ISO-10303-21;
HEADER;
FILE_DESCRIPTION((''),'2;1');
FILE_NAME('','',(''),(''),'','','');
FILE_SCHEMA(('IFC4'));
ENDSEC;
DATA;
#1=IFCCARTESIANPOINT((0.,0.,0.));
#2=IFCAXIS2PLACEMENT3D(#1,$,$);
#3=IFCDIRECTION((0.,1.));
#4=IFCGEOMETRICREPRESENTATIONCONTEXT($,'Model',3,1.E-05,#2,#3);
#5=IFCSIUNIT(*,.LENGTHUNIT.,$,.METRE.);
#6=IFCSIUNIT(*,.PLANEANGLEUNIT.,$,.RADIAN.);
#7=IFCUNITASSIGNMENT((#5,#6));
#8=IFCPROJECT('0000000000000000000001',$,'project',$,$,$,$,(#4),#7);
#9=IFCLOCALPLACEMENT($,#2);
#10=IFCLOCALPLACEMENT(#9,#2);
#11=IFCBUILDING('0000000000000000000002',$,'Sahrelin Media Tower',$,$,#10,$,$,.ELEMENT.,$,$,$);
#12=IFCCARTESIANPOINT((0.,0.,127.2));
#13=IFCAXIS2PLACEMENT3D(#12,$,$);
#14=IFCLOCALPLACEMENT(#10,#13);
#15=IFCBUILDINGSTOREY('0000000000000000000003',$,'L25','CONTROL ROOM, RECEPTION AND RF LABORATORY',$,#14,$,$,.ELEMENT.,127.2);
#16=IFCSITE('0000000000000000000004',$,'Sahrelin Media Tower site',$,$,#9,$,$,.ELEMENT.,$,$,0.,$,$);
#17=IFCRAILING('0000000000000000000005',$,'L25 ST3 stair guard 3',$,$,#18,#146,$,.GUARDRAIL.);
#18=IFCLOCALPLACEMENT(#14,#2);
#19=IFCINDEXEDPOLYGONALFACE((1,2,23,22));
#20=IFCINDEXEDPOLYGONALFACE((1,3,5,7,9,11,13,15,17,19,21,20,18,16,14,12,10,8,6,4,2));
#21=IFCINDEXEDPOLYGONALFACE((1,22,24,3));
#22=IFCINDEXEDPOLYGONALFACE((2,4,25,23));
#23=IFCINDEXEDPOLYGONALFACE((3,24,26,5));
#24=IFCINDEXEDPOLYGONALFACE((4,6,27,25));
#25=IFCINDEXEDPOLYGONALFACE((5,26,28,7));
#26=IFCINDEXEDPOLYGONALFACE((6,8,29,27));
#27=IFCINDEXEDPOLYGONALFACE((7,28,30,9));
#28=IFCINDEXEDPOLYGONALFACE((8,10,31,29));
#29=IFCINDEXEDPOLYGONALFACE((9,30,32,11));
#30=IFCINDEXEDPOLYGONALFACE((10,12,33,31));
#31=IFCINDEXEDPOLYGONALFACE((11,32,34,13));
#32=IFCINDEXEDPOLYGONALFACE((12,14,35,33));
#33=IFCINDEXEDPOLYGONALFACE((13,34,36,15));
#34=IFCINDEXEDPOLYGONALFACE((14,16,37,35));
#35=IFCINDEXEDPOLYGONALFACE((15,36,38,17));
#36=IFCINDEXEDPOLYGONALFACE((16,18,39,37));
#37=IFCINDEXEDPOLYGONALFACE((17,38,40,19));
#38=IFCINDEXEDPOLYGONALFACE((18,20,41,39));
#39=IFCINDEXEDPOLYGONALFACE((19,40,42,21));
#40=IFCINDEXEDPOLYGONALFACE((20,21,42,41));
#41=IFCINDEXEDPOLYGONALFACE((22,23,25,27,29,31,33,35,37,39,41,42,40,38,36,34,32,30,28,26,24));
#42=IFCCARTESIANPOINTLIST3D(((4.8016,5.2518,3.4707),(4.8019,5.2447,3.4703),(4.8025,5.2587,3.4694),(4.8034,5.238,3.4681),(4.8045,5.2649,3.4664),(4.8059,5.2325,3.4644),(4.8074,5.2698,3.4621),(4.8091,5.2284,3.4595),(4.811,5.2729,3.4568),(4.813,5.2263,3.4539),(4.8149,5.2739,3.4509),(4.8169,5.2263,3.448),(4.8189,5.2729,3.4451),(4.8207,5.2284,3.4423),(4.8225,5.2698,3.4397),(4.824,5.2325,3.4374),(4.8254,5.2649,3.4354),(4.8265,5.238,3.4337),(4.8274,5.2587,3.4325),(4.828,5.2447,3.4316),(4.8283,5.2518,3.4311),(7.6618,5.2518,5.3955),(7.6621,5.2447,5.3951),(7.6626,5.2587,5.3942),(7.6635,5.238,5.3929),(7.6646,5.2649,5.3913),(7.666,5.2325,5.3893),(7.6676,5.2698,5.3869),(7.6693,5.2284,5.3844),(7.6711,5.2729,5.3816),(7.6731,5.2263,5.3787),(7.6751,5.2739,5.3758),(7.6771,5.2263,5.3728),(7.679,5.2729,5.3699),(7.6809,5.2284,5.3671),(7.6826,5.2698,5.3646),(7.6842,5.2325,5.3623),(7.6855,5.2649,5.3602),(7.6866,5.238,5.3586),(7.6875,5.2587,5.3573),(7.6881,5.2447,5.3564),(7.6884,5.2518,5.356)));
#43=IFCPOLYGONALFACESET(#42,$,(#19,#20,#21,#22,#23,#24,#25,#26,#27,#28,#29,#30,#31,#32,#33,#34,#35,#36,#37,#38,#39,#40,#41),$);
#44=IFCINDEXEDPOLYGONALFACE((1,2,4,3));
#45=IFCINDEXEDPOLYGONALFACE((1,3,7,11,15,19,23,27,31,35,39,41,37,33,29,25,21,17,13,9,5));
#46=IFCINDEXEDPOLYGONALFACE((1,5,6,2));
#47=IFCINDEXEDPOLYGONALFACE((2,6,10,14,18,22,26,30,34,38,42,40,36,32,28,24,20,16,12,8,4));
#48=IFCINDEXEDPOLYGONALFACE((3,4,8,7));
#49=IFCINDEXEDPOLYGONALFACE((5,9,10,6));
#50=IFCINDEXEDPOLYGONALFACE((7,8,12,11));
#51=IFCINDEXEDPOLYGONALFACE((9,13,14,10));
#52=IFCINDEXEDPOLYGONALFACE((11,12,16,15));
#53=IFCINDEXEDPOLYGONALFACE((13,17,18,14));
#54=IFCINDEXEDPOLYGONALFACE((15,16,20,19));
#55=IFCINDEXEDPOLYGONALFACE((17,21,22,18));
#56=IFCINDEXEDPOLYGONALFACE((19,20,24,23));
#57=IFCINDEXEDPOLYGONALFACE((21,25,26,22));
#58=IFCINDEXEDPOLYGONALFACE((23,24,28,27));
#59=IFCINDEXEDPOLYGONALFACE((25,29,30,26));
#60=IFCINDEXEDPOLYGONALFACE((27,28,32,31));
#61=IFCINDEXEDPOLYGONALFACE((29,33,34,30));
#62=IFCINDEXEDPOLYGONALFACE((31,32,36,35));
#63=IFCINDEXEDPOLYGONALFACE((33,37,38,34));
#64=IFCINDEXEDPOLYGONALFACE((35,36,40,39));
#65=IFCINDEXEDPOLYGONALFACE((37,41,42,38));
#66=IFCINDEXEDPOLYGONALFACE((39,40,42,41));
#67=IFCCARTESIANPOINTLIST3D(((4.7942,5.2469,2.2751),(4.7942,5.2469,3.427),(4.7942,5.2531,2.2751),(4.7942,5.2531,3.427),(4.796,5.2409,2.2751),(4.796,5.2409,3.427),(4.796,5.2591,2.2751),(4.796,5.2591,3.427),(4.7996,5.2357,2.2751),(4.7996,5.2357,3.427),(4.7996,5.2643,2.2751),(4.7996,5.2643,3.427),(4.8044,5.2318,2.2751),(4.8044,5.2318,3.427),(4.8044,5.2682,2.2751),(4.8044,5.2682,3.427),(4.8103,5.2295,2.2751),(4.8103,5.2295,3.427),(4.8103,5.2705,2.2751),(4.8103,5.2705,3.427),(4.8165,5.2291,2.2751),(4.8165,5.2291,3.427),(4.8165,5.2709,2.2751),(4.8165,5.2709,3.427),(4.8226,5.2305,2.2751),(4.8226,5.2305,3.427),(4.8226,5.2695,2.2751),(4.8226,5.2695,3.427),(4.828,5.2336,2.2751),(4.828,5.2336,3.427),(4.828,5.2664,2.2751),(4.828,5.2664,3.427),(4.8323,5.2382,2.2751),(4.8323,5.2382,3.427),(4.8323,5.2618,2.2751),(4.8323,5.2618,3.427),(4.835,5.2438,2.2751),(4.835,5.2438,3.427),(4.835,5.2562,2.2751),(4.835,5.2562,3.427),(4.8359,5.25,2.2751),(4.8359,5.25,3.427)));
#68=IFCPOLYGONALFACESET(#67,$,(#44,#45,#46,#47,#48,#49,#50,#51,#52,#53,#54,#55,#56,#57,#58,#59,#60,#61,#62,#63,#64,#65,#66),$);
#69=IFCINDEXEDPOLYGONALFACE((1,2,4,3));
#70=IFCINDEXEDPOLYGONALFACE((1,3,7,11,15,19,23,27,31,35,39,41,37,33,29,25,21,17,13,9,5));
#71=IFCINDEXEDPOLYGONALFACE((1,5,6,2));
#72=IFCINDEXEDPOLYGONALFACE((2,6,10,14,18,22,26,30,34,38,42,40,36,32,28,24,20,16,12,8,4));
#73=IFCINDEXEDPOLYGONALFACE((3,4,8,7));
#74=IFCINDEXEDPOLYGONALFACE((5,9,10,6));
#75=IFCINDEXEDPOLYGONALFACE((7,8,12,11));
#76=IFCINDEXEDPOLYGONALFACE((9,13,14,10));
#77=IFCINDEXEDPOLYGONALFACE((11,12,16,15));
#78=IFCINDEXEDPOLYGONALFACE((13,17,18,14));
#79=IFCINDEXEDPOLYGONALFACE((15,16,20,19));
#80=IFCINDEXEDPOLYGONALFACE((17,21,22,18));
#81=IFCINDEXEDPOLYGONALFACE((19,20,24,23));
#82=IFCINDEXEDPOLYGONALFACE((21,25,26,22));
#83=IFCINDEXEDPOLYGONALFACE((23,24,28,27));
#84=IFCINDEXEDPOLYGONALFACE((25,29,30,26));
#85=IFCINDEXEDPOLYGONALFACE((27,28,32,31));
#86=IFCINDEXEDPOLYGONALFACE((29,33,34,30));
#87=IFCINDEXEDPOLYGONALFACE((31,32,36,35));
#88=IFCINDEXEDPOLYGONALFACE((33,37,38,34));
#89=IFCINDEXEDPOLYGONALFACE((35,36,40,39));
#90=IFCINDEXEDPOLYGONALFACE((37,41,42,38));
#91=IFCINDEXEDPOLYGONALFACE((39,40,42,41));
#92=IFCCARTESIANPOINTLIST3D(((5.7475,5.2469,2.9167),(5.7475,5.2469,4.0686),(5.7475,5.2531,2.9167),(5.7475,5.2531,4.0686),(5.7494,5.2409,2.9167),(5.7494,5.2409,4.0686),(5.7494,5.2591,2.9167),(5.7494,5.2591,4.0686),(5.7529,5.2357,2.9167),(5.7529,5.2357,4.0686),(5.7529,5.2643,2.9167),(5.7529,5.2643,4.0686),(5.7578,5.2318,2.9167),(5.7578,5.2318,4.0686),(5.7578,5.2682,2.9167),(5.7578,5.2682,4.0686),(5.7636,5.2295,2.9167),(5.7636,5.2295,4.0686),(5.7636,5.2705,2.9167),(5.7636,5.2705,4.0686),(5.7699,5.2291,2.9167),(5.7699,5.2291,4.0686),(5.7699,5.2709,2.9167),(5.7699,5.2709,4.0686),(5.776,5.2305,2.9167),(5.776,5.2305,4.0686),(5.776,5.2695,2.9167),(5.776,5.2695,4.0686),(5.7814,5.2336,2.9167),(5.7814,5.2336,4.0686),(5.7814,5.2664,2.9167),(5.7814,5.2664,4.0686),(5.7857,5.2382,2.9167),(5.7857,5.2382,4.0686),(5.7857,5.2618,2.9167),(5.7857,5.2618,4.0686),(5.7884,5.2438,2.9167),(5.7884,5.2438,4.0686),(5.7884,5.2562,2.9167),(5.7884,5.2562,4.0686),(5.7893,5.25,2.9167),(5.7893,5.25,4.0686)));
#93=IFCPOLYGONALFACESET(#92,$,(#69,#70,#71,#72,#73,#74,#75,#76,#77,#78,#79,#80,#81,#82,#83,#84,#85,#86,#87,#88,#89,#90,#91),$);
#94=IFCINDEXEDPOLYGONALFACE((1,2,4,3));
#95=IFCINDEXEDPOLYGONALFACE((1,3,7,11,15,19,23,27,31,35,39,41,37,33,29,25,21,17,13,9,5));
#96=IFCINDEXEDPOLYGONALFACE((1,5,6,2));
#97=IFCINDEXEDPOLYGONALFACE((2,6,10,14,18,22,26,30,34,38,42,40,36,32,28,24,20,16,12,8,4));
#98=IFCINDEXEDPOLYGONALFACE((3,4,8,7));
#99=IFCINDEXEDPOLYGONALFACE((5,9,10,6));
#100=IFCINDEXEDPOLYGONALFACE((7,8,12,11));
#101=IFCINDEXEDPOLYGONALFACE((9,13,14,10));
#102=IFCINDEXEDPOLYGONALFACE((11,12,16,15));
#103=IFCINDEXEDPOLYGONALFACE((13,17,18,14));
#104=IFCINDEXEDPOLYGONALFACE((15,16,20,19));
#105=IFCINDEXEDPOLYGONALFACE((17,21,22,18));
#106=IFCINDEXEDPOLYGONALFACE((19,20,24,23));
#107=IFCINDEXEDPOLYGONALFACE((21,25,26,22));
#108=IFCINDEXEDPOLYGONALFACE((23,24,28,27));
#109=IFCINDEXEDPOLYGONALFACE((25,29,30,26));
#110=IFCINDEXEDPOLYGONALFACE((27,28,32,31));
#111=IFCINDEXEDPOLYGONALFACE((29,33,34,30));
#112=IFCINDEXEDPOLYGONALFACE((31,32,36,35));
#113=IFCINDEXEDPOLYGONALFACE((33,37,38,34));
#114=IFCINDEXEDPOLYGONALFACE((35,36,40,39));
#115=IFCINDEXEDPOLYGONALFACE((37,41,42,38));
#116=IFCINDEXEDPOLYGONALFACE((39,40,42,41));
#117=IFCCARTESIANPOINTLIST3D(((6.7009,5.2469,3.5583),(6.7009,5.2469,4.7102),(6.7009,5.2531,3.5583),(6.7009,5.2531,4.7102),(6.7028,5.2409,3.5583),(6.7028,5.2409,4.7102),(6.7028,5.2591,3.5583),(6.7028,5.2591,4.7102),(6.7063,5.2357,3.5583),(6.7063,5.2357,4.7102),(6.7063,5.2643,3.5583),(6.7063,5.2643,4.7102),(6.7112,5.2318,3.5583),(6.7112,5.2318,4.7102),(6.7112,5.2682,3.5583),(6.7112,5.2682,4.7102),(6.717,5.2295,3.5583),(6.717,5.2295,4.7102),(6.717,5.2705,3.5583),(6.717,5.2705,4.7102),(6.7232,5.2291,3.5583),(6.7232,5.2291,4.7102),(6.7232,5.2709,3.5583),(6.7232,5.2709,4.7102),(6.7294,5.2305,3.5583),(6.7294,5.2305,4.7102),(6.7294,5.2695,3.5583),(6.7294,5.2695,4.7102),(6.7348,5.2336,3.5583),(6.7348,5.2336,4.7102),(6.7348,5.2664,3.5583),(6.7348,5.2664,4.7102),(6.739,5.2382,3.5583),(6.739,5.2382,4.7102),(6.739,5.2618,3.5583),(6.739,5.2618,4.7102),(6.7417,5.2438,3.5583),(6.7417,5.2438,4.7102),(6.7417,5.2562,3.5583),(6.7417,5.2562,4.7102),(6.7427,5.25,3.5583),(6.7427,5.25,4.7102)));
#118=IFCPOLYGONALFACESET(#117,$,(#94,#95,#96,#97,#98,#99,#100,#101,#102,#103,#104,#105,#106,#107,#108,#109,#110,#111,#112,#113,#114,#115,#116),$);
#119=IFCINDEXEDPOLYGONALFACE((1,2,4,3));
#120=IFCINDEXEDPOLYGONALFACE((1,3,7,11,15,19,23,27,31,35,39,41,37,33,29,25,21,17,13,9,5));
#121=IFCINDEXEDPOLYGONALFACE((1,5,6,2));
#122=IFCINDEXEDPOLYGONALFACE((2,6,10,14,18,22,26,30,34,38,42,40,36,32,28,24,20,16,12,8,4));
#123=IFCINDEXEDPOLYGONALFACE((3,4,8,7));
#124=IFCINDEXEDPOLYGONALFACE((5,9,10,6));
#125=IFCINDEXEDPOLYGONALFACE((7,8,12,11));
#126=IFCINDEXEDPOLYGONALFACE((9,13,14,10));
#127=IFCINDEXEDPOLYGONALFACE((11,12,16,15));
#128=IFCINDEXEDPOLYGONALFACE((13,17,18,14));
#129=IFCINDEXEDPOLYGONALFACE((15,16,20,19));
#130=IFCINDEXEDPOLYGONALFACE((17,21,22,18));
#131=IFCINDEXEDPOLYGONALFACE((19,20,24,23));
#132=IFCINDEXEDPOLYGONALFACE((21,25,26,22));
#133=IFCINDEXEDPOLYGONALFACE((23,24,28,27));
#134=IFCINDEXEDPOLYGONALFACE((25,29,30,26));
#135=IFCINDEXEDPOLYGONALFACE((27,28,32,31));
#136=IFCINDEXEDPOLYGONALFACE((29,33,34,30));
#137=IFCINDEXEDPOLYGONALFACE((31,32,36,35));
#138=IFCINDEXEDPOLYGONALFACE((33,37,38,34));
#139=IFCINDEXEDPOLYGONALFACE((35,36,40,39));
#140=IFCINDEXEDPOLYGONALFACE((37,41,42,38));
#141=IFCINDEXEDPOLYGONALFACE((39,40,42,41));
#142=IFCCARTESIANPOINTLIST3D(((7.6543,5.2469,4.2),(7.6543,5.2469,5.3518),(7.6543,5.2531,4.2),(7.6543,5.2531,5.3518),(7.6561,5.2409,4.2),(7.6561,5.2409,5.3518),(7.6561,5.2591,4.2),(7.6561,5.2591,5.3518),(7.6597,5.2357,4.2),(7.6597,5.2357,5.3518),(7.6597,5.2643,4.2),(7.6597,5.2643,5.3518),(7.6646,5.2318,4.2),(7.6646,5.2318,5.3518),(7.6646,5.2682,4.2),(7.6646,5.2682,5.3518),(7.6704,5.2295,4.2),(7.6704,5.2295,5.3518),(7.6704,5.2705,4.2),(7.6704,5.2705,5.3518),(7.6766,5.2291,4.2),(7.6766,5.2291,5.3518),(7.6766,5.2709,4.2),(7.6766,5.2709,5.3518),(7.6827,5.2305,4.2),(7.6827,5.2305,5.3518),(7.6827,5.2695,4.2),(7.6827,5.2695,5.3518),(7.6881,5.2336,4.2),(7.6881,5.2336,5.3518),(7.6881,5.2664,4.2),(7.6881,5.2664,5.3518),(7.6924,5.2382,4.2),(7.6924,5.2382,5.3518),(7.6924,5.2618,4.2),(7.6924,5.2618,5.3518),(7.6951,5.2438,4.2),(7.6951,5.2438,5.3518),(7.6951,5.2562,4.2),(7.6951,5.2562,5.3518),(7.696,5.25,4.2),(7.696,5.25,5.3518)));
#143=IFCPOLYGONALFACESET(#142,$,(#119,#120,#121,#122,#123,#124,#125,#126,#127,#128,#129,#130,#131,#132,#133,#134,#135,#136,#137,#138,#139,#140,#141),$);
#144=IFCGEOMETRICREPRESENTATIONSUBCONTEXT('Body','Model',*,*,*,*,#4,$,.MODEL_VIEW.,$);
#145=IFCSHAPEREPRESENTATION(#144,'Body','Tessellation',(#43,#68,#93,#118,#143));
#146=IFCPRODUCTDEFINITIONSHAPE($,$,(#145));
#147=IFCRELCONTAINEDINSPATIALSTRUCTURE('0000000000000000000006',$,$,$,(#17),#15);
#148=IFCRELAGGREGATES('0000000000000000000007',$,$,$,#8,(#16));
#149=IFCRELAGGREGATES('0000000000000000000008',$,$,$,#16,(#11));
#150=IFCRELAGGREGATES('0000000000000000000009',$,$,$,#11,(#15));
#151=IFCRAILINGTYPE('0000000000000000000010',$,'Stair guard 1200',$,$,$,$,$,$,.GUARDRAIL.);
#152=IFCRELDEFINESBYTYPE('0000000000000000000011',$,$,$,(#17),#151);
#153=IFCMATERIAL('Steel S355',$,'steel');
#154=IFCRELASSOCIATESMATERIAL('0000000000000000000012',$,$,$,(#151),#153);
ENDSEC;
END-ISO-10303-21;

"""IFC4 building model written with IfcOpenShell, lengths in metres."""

from ifc_helpers import new_model, si_unit, direction, frame, origin, origin_2d, place, context, subcontext, project, spatial, circle, extrude, material, type_object, element, save


model = new_model("IFC4")

# Units and contexts
model_context = context("Model", 3, precision=1e-05, world=origin(), true_north=direction((0.0, 1.0)))
body_context = subcontext(model_context, "Body", "Model", "MODEL_VIEW")
ifc_project = project(units=[si_unit("LENGTHUNIT", "METRE"), si_unit("PLANEANGLEUNIT", "RADIAN")], contexts=[model_context])

# Site, building, storey
site_placement = place(None, origin())
site = spatial("IfcSite", under=ifc_project, at=site_placement, Name="Sahrelin Media Tower site", CompositionType="ELEMENT", RefElevation=0.0)
building_placement = place(site_placement, origin())
building = spatial("IfcBuilding", under=site, at=building_placement, Name="Sahrelin Media Tower", CompositionType="ELEMENT")
storey_placement = place(building_placement, frame((0.0, 0.0, 127.2)))
storey = spatial("IfcBuildingStorey", under=building, at=storey_placement, Name="L25", Description="CONTROL ROOM, RECEPTION AND RF LABORATORY", CompositionType="ELEMENT", Elevation=127.2)

# Shared definitions
ifc_material_1 = material(Name="Steel S355", Category="steel")

# Railing
railing_type_1 = type_object("IfcRailingType", Name="Stair guard 1200", PredefinedType="GUARDRAIL", material=ifc_material_1)
railing_1_placement = place(storey_placement, frame((4.8149, 5.25, 2.2751)))
element("IfcRailing", 1, at=railing_1_placement, inside=storey, type_object=railing_type_1, Name="L25 ST3 stair guard 3", PredefinedType="GUARDRAIL", context=body_context, shape_type="SweptSolid", body=[
    extrude(circle(Radius=0.0239, at=origin_2d()), frame((0.0, 0.0, 1.1758), z_axis=(0.829624, 0.0, 0.558323), x_axis=(0.0, 1.0, 0.0)), (0.0, 0.0, 1.0), 3.4475),
    extrude(circle(Radius=0.021, at=origin_2d()), origin(), (0.0, 0.0, 1.0), 1.1519),
    extrude(circle(Radius=0.021, at=origin_2d()), frame((0.9534, 0.0, 0.6416)), (0.0, 0.0, 1.0), 1.1519),
    extrude(circle(Radius=0.021, at=origin_2d()), frame((1.9067, 0.0, 1.2832)), (0.0, 0.0, 1.0), 1.1519),
    extrude(circle(Radius=0.021, at=origin_2d()), frame((2.8601, 0.0, 1.9248)), (0.0, 0.0, 1.0), 1.1519),
])

save(model, "model.ifc")
